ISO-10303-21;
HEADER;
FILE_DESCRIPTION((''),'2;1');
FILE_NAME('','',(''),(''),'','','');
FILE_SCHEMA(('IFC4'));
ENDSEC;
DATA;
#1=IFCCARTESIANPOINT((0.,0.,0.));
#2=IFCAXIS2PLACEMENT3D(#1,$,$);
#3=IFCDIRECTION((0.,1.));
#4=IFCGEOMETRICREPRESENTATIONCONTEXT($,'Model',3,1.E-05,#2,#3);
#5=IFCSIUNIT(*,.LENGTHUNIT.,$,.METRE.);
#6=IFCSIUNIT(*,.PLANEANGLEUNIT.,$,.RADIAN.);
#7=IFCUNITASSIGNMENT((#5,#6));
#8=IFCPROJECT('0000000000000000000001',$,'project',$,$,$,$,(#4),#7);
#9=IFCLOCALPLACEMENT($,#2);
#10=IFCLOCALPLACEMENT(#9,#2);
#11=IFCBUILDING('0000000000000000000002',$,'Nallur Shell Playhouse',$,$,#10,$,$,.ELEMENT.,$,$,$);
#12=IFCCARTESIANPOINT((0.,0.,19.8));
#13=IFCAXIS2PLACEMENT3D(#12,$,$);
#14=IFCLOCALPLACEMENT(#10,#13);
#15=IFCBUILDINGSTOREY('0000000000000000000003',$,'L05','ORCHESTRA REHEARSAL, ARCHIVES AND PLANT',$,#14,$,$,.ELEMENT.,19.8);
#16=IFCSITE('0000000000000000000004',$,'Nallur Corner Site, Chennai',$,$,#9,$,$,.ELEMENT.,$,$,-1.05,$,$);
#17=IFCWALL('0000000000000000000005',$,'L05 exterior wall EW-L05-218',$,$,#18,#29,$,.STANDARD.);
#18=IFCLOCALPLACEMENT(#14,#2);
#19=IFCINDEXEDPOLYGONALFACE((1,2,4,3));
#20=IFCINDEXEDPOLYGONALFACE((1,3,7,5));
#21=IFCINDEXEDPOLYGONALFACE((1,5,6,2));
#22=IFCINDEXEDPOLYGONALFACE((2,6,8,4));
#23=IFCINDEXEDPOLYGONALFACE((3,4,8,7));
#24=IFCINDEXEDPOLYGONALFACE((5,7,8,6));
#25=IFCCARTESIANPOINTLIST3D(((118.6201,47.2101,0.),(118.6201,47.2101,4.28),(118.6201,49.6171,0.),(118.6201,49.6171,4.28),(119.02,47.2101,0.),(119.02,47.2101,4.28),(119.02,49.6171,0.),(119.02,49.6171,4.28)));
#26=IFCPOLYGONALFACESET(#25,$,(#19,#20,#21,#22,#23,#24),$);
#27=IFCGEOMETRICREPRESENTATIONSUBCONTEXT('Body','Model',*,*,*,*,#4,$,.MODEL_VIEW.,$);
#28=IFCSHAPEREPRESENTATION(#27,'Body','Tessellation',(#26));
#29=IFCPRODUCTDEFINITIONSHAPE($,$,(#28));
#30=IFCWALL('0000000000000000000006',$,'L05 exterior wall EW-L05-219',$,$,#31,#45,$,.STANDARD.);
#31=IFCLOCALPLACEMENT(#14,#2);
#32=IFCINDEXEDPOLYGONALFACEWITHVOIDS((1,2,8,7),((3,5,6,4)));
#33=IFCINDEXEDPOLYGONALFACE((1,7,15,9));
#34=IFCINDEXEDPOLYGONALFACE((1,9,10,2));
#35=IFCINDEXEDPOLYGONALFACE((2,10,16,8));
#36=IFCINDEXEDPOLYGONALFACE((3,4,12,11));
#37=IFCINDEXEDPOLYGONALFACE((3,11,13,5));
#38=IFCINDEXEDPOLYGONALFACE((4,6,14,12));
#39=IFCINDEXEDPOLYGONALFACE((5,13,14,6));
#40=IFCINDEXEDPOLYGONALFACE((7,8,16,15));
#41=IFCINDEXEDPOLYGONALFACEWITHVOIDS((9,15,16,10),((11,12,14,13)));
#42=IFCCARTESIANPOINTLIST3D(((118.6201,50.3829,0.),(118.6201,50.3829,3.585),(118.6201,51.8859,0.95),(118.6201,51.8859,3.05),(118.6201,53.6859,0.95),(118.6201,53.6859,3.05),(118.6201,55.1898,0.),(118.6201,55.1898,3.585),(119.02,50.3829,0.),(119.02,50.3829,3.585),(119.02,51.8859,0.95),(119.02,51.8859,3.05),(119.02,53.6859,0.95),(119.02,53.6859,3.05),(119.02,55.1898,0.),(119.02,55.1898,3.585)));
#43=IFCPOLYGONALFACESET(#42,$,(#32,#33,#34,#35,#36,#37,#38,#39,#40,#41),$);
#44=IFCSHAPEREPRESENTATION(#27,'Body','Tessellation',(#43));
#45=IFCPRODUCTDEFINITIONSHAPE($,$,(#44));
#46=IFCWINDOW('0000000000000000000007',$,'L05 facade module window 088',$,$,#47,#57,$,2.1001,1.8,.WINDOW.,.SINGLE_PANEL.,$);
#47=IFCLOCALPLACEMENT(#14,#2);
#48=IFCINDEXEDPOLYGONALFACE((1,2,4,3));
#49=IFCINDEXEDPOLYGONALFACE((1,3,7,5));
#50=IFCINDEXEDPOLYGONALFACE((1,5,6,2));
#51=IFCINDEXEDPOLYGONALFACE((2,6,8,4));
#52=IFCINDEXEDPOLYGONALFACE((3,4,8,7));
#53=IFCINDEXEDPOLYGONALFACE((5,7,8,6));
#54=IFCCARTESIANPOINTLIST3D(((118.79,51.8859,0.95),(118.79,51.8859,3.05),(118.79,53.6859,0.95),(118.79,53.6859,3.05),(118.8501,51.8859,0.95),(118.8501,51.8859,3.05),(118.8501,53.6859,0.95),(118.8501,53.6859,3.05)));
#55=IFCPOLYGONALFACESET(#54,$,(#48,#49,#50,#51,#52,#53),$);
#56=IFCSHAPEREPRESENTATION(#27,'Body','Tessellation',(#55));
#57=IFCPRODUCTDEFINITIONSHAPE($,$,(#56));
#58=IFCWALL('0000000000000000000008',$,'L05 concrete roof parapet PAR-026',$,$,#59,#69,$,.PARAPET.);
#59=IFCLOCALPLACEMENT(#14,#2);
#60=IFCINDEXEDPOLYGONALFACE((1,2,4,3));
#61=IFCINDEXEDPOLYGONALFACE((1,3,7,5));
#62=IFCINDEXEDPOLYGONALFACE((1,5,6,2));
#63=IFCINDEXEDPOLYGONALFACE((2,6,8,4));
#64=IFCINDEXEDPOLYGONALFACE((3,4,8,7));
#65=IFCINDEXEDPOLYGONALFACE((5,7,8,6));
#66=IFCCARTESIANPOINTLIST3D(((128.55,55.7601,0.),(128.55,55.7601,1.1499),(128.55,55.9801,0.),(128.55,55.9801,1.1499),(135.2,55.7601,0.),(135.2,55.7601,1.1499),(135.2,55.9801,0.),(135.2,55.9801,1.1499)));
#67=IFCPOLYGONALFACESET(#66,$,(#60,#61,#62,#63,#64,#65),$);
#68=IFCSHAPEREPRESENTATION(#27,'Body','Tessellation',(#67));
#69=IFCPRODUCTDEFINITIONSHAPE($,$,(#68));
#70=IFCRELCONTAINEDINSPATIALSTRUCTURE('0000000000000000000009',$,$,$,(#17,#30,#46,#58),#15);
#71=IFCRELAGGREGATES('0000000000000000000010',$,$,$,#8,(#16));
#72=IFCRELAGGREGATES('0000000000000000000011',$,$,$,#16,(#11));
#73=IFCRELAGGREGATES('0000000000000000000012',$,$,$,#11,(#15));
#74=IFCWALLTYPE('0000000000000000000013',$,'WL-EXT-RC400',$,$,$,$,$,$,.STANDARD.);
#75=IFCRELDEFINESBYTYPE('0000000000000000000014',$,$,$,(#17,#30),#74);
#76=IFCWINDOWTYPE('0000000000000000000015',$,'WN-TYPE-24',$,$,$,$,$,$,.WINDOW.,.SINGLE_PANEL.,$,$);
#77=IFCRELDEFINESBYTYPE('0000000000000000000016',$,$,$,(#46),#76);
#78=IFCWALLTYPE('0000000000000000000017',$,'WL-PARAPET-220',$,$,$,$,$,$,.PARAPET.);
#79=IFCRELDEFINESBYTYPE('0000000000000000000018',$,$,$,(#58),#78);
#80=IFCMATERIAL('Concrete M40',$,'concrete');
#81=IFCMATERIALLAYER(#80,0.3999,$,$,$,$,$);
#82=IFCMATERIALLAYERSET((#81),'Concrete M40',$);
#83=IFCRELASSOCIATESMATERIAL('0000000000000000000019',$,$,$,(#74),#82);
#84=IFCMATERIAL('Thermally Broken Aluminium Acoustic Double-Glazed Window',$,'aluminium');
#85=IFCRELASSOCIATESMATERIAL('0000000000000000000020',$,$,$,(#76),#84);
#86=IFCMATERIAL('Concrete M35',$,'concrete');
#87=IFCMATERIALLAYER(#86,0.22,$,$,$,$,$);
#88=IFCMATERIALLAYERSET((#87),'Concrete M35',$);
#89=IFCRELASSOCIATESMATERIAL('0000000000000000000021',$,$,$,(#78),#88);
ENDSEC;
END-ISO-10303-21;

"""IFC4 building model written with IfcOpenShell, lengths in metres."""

from ifc_helpers import new_model, si_unit, direction, frame, frame_2d, origin, place, context, subcontext, project, spatial, rectangle, extrude, material, layer, layer_set, type_object, element, fill, save


model = new_model("IFC4")

# Units and contexts
model_context = context("Model", 3, precision=1e-05, world=origin(), true_north=direction((0.0, 1.0)))
body_context = subcontext(model_context, "Body", "Model", "MODEL_VIEW")
ifc_project = project(units=[si_unit("LENGTHUNIT", "METRE"), si_unit("PLANEANGLEUNIT", "RADIAN")], contexts=[model_context])

# Site, building, storey
site_placement = place(None, origin())
site = spatial("IfcSite", under=ifc_project, at=site_placement, Name="Nallur Corner Site, Chennai", CompositionType="ELEMENT", RefElevation=-1.05)
building_placement = place(site_placement, origin())
building = spatial("IfcBuilding", under=site, at=building_placement, Name="Nallur Shell Playhouse", CompositionType="ELEMENT")
storey_placement = place(building_placement, frame((0.0, 0.0, 19.8)))
storey = spatial("IfcBuildingStorey", under=building, at=storey_placement, Name="L05", Description="ORCHESTRA REHEARSAL, ARCHIVES AND PLANT", CompositionType="ELEMENT", Elevation=19.8)

# Shared definitions
ifc_material_1 = material(Name="Concrete M40", Category="concrete")

# Shared definitions
ifc_material_2 = material(Name="Concrete M35", Category="concrete")

# Shared definitions
ifc_material_3 = material(Name="Thermally Broken Aluminium Acoustic Double-Glazed Window", Category="aluminium")

# Wall
ifc_layer_1 = layer(ifc_material_1, 0.3999)
ifc_layer_set_1 = layer_set([ifc_layer_1], Name="Concrete M40")
wall_type_1 = type_object("IfcWallType", Name="WL-EXT-RC400", PredefinedType="STANDARD", material=ifc_layer_set_1)
wall_1_placement = place(storey_placement, frame((118.8201, 47.21, 0.0), z_axis=(0.0, 0.0, 1.0), x_axis=(0.0, 1.0, 0.0)))
element("IfcWall", 1, at=wall_1_placement, inside=storey, type_object=wall_type_1, Name="L05 exterior wall EW-L05-218", PredefinedType="STANDARD", context=body_context, shape_type="SweptSolid", body=[
    extrude(rectangle(XDim=2.407, YDim=0.3999, at=frame_2d((1.2036, 0.0))), origin(), (0.0, 0.0, 1.0), 4.28),
])

# Wall, opening, window
wall_2_placement = place(storey_placement, frame((118.8201, 50.3831, 0.0), z_axis=(0.0, 0.0, 1.0), x_axis=(0.0, 1.0, 0.0)))
wall_2 = element("IfcWall", 2, at=wall_2_placement, inside=storey, type_object=wall_type_1, Name="L05 exterior wall EW-L05-219", PredefinedType="STANDARD", context=body_context, shape_type="SweptSolid", body=[
    extrude(rectangle(XDim=4.8069, YDim=0.3999, at=frame_2d((2.4033, 0.0))), origin(), (0.0, 0.0, 1.0), 3.585),
])
opening_1_placement = place(wall_2_placement, frame((1.5029, 0.0, 0.95)))
opening_1 = element("IfcOpeningElement", 3, at=opening_1_placement, cuts=wall_2, PredefinedType="OPENING", context=body_context, shape_type="SweptSolid", body=[
    extrude(rectangle(XDim=1.8, YDim=2.1001, at=frame_2d((0.8999, 1.05))), frame((0.0, 0.21, 0.0), z_axis=(0.0, -1.0, 0.0), x_axis=(1.0, 0.0, 0.0)), (0.0, 0.0, 1.0), 0.4199),
])
window_type_1 = type_object("IfcWindowType", Name="WN-TYPE-24", PartitioningType="SINGLE_PANEL", PredefinedType="WINDOW", material=ifc_material_3)
window_1_placement = place(opening_1_placement, origin())
window_1 = element("IfcWindow", 4, at=window_1_placement, inside=storey, type_object=window_type_1, Name="L05 facade module window 088", OverallHeight=2.1001, OverallWidth=1.8, PartitioningType="SINGLE_PANEL", PredefinedType="WINDOW", context=body_context, shape_type="SweptSolid", body=[
    extrude(rectangle(XDim=1.8, YDim=2.1001, at=frame_2d((0.8999, 1.05))), frame((0.0, 0.03, 0.0), z_axis=(0.0, -1.0, 0.0), x_axis=(1.0, 0.0, 0.0)), (0.0, 0.0, 1.0), 0.0601),
])
fill(opening_1, window_1)

# Wall
ifc_layer_2 = layer(ifc_material_2, 0.22)
ifc_layer_set_2 = layer_set([ifc_layer_2], Name="Concrete M35")
wall_type_2 = type_object("IfcWallType", Name="WL-PARAPET-220", PredefinedType="PARAPET", material=ifc_layer_set_2)
wall_3_placement = place(storey_placement, frame((128.55, 55.8701, 0.0), z_axis=(0.0, 0.0, 1.0), x_axis=(1.0, 0.0, 0.0)))
element("IfcWall", 5, at=wall_3_placement, inside=storey, type_object=wall_type_2, Name="L05 concrete roof parapet PAR-026", PredefinedType="PARAPET", context=body_context, shape_type="SweptSolid", body=[
    extrude(rectangle(XDim=6.6499, YDim=0.22, at=frame_2d((3.325, 0.0))), origin(), (0.0, 0.0, 1.0), 1.1499),
])

save(model, "model.ifc")
